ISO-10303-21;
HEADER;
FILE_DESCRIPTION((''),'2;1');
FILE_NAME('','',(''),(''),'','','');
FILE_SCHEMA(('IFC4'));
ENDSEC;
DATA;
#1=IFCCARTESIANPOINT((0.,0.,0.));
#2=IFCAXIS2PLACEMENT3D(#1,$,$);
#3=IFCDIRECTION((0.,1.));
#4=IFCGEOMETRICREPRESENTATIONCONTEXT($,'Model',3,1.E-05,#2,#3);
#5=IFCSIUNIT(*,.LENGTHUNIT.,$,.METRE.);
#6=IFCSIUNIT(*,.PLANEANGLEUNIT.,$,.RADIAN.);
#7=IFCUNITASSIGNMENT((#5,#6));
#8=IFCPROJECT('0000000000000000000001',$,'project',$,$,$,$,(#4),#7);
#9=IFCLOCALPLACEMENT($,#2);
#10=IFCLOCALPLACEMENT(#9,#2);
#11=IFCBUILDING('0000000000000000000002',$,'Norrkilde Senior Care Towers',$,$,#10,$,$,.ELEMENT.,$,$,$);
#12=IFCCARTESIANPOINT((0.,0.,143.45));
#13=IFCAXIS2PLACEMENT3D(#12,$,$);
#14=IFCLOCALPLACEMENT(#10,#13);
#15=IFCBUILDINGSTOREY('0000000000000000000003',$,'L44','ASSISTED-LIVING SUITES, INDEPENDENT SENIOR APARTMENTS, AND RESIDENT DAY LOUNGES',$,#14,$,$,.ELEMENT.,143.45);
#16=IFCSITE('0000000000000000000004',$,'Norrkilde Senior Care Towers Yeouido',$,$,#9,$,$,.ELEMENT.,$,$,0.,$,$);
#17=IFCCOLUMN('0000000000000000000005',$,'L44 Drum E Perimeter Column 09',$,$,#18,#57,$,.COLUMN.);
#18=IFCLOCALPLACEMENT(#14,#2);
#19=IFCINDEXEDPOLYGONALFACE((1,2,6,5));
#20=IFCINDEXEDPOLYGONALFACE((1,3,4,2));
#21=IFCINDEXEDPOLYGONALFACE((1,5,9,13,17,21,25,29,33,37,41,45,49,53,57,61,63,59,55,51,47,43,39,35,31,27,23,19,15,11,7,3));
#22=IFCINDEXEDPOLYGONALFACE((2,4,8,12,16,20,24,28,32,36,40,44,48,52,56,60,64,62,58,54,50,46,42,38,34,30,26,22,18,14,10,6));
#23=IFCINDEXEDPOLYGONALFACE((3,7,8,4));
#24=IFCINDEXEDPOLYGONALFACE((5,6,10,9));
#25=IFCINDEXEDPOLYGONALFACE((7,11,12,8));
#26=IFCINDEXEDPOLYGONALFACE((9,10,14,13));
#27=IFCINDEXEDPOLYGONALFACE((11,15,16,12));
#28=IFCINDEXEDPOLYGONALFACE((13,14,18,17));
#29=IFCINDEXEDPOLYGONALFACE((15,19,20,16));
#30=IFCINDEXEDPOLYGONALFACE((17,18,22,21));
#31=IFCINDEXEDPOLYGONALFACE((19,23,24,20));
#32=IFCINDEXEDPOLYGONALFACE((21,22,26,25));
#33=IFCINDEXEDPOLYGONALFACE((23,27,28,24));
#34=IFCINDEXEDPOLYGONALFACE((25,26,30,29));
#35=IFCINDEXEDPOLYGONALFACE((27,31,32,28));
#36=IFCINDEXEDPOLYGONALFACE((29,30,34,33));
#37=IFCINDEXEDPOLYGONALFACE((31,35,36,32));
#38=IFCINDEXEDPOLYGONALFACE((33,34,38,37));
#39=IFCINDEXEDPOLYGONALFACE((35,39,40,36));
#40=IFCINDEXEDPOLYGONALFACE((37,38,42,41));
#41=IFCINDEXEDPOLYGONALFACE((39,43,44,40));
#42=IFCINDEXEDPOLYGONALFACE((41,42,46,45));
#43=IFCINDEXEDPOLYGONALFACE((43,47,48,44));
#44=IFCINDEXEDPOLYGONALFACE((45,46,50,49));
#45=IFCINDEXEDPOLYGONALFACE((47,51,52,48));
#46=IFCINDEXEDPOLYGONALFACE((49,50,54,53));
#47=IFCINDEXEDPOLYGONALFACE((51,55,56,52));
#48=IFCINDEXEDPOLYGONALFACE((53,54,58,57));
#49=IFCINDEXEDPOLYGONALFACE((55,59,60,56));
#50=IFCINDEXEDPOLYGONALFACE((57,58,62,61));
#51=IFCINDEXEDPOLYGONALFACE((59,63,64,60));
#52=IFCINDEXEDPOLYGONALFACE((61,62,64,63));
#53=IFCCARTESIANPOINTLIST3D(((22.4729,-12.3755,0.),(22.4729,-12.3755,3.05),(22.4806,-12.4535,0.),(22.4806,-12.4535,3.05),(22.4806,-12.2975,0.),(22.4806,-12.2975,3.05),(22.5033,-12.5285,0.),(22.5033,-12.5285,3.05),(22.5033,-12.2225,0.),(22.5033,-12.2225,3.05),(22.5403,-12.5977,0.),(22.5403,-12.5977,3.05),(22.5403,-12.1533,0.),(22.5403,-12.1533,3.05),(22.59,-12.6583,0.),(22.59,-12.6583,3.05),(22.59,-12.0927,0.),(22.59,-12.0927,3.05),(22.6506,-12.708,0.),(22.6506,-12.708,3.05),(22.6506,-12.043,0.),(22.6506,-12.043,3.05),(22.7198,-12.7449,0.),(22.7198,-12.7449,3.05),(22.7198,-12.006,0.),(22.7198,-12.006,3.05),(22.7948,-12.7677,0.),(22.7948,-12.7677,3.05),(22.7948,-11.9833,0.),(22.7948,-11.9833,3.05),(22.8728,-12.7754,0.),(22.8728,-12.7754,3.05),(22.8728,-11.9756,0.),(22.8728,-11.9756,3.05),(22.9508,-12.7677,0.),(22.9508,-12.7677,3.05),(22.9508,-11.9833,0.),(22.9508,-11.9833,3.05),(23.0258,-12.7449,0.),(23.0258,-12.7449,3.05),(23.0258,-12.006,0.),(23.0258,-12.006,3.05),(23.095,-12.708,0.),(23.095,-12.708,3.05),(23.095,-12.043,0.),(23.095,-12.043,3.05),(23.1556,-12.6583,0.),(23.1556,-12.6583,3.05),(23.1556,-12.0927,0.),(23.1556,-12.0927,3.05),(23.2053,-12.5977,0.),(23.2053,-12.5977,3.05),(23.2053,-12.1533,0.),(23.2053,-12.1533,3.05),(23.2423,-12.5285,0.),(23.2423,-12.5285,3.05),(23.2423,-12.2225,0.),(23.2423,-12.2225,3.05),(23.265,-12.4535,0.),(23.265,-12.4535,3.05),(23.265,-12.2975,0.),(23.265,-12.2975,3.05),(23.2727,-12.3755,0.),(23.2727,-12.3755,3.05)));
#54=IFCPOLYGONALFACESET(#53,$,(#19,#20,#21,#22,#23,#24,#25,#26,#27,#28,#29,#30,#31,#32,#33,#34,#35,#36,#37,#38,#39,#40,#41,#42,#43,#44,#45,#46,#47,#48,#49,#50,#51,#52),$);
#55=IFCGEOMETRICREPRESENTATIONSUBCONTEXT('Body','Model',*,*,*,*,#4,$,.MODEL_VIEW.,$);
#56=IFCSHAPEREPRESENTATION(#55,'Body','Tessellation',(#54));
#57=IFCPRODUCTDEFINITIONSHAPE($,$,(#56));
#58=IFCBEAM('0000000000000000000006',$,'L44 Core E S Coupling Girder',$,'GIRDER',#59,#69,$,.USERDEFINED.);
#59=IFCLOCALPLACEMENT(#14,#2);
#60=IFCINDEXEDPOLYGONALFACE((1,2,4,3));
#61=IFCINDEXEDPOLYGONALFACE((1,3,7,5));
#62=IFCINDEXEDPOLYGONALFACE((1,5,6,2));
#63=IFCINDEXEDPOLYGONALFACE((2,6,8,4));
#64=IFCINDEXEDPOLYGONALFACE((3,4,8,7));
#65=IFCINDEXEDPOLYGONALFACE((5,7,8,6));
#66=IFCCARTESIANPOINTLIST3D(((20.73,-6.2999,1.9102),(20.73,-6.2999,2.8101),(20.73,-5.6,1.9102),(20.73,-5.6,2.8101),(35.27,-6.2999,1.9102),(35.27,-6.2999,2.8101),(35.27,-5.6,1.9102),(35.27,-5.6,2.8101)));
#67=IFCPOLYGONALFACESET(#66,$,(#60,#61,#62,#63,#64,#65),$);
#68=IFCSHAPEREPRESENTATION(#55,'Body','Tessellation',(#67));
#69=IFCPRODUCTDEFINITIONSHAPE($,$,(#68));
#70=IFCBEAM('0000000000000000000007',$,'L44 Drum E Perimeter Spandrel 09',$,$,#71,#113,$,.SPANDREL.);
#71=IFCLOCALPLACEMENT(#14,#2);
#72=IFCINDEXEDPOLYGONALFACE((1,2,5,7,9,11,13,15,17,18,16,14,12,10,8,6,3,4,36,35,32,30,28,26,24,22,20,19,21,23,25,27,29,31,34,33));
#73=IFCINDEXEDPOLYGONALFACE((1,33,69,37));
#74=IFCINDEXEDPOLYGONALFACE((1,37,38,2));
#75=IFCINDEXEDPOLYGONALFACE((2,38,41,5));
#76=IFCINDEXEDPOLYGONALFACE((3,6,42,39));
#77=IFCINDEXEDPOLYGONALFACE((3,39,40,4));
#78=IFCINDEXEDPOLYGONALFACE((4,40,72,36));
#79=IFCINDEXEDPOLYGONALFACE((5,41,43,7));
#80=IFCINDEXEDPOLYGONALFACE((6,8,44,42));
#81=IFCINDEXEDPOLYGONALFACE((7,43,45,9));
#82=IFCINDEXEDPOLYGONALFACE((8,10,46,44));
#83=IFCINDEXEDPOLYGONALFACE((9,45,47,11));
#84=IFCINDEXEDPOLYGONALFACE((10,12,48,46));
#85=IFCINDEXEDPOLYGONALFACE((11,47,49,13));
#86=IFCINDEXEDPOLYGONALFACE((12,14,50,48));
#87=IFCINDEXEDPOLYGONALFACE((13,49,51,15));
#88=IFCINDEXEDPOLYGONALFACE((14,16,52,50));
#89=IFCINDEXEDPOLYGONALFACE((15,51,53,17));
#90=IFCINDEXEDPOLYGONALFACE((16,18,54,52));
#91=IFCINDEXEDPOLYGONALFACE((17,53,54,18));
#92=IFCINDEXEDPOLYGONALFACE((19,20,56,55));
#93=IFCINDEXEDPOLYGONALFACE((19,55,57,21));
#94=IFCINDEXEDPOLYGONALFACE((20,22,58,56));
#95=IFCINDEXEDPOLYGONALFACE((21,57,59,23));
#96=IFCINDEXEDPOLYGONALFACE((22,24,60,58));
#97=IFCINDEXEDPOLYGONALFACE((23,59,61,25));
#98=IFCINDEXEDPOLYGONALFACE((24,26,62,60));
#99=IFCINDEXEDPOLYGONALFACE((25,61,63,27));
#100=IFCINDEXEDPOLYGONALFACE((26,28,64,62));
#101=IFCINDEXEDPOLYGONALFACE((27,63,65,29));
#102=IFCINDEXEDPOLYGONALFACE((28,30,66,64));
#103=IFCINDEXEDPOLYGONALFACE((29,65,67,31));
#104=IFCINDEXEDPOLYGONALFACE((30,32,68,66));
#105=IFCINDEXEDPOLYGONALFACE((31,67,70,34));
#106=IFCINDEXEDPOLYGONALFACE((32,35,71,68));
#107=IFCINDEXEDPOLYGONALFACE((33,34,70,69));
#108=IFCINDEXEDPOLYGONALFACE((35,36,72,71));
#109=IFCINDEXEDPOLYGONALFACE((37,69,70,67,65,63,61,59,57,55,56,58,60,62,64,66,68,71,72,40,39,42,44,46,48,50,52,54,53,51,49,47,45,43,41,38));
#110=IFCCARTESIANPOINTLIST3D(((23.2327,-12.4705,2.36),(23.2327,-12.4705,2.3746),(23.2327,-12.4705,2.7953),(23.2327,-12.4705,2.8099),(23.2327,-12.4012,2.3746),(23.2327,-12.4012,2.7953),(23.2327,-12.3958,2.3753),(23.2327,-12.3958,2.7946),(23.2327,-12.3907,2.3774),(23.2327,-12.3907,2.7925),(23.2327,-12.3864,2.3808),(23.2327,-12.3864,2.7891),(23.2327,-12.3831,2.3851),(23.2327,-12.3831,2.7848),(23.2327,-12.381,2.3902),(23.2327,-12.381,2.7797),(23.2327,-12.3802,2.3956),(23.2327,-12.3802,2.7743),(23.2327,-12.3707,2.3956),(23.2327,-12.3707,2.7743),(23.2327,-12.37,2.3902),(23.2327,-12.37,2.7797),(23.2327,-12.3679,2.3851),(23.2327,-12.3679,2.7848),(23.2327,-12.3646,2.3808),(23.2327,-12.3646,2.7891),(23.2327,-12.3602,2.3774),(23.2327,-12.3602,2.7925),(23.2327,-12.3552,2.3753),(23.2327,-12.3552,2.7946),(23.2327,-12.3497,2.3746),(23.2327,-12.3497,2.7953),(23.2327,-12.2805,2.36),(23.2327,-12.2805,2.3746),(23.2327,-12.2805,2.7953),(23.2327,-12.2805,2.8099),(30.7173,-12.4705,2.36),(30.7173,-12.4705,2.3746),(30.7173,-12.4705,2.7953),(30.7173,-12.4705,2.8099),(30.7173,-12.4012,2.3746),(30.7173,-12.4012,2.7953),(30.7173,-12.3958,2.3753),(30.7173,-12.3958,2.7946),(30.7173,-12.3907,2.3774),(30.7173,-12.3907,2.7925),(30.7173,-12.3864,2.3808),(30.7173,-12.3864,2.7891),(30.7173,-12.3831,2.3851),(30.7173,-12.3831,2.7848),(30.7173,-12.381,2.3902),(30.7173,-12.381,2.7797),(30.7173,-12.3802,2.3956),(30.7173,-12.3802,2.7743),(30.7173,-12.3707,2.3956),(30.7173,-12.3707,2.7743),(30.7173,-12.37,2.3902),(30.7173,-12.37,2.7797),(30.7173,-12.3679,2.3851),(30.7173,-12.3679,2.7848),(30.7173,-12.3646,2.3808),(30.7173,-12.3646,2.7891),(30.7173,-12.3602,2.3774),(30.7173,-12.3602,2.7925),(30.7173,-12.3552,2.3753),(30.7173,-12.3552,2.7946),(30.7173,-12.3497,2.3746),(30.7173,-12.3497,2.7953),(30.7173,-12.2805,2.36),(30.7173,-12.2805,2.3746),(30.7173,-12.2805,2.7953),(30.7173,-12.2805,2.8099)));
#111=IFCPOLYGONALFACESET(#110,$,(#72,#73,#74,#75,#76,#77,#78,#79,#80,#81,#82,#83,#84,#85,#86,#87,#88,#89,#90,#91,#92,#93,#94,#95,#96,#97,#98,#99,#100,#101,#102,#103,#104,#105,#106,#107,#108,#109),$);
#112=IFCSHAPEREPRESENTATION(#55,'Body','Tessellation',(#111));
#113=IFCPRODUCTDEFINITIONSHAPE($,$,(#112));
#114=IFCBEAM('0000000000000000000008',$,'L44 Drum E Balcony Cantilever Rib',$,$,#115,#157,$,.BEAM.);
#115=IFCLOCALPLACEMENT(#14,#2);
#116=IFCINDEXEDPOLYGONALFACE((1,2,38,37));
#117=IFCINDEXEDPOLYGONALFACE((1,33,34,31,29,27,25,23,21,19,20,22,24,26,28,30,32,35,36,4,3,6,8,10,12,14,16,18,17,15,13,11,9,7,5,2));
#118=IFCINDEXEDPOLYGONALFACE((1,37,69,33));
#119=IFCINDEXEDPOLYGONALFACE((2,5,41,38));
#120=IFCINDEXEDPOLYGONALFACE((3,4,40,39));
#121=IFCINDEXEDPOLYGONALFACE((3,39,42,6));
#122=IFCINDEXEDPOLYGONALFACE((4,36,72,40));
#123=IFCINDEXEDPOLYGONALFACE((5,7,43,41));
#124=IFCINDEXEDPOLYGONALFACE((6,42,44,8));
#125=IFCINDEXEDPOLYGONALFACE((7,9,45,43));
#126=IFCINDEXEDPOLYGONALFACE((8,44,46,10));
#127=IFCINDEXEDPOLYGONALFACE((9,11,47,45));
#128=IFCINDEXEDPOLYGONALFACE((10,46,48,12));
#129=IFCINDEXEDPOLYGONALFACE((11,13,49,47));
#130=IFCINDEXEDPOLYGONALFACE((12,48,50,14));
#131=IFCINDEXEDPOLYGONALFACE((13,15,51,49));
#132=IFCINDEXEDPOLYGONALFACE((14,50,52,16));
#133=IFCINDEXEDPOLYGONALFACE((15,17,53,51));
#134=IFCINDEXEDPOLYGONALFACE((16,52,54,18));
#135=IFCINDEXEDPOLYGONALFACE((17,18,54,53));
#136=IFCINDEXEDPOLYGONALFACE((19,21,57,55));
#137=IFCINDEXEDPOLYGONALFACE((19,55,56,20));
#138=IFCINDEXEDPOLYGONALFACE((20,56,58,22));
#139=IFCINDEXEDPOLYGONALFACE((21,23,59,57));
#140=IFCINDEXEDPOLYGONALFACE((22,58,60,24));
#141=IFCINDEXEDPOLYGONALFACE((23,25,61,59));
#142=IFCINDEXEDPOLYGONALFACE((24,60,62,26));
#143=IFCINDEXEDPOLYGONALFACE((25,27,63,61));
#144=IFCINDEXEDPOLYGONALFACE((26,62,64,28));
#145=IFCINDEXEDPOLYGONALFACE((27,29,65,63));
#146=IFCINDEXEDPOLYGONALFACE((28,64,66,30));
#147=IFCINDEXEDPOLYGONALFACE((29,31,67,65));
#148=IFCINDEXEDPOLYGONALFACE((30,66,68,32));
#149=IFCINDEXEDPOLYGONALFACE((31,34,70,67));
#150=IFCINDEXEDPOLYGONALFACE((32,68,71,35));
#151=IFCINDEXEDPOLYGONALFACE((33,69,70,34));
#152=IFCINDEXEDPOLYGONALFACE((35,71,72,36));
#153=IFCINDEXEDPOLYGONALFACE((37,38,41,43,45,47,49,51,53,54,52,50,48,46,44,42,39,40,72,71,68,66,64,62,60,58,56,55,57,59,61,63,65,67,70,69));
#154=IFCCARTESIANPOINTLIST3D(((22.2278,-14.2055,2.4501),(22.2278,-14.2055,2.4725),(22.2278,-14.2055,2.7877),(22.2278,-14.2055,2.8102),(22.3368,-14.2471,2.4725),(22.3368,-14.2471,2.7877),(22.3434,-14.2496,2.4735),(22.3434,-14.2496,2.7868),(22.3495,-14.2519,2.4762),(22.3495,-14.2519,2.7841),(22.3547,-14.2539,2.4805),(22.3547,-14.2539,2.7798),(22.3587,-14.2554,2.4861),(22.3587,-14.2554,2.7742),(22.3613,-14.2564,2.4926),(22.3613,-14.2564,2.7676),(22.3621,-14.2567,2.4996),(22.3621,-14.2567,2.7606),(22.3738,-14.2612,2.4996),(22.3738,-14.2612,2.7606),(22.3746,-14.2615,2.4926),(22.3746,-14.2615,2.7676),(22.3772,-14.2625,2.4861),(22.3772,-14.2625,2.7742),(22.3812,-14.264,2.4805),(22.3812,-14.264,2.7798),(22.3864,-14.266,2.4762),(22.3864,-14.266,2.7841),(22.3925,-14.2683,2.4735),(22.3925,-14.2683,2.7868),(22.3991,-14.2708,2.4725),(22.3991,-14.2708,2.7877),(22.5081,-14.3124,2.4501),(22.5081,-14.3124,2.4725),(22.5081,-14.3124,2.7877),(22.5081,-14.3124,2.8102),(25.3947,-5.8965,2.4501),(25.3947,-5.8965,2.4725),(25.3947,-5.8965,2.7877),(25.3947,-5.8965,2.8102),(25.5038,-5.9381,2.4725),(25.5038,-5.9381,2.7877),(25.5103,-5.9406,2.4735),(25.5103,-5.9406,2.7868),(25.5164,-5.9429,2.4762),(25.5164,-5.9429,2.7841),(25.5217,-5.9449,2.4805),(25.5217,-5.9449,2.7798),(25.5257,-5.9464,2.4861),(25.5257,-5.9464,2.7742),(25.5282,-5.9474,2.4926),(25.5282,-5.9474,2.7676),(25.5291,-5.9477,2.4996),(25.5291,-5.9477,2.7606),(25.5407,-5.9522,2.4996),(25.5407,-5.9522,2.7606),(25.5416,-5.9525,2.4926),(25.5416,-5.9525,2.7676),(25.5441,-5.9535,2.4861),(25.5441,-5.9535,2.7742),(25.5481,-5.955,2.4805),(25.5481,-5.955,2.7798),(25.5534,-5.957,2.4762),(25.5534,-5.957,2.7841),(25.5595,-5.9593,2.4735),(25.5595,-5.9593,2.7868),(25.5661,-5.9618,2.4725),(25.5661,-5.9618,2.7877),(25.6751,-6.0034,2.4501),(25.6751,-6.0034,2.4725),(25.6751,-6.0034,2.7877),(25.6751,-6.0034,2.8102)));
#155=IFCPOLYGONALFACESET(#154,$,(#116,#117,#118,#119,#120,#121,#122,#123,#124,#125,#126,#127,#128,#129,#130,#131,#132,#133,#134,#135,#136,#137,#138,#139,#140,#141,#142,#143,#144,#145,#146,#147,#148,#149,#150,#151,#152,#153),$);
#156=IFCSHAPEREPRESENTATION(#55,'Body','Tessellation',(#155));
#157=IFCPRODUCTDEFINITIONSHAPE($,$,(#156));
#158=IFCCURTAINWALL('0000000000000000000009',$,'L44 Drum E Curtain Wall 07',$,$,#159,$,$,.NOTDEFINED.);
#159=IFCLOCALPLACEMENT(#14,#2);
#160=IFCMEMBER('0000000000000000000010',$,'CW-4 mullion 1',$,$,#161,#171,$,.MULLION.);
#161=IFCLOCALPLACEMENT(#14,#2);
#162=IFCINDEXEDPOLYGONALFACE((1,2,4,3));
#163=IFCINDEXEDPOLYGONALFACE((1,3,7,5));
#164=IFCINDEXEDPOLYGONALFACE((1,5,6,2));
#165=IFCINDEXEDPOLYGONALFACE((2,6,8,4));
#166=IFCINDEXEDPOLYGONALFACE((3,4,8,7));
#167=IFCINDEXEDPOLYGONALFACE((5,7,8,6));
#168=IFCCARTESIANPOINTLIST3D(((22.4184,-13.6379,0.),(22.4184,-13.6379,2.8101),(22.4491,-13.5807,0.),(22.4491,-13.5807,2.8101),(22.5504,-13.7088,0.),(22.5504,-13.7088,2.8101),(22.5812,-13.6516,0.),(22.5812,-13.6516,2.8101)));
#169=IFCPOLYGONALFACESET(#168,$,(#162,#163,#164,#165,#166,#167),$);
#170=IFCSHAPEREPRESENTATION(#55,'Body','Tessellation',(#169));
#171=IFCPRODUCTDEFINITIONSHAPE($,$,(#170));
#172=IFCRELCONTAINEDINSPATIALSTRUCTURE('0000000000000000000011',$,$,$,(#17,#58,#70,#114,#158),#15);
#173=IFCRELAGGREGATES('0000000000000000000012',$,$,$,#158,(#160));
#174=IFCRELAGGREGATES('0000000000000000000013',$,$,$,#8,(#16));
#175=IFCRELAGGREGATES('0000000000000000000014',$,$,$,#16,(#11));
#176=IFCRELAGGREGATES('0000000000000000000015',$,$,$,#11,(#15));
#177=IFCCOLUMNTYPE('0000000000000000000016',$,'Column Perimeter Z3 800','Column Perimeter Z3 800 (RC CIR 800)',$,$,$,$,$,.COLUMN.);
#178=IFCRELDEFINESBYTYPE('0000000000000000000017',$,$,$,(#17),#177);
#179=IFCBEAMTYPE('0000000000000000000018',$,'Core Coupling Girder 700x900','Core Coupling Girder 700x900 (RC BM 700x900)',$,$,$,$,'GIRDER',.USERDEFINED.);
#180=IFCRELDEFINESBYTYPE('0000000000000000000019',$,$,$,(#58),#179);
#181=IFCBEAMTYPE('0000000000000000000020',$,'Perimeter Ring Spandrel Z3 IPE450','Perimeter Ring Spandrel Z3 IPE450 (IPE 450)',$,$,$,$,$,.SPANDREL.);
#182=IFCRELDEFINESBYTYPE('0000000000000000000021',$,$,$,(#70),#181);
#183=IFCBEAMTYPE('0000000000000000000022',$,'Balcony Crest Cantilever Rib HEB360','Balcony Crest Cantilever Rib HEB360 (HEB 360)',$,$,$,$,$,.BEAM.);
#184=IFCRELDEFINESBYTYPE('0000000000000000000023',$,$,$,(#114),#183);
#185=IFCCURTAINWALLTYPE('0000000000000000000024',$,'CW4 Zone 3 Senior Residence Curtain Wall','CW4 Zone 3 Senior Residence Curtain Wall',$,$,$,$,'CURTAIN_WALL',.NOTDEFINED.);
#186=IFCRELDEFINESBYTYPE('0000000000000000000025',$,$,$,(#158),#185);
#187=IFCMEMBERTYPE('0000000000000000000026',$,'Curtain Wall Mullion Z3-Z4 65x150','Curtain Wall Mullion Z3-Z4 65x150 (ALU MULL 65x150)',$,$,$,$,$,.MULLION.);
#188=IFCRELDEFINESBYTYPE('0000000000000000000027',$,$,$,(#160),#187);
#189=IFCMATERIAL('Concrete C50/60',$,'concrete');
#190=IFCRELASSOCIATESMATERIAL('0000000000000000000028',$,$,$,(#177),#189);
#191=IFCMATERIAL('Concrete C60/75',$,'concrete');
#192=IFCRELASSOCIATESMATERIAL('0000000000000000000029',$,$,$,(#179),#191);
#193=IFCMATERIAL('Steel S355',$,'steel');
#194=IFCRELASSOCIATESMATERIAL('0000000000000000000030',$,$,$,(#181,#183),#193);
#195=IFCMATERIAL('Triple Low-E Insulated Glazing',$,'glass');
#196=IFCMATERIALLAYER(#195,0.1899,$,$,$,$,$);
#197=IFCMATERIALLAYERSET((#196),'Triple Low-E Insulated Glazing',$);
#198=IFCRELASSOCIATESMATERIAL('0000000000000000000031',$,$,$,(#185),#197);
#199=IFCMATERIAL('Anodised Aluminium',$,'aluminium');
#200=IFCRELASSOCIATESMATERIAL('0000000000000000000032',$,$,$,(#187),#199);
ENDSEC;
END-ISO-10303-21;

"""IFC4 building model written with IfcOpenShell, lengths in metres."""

from ifc_helpers import new_model, si_unit, direction, frame, origin, origin_2d, place, context, subcontext, project, spatial, rectangle, circle, i_section, extrude, source, transform, mapped, material, layer, layer_set, material_profile, profile_set, type_object, type_shapes, element, aggregate, save


model = new_model("IFC4")

# Units and contexts
model_context = context("Model", 3, precision=1e-05, world=origin(), true_north=direction((0.0, 1.0)))
body_context = subcontext(model_context, "Body", "Model", "MODEL_VIEW")
ifc_project = project(units=[si_unit("LENGTHUNIT", "METRE"), si_unit("PLANEANGLEUNIT", "RADIAN")], contexts=[model_context])

# Site, building, storey
site_placement = place(None, origin())
site = spatial("IfcSite", under=ifc_project, at=site_placement, Name="Norrkilde Senior Care Towers Yeouido", CompositionType="ELEMENT", RefElevation=0.0)
building_placement = place(site_placement, origin())
building = spatial("IfcBuilding", under=site, at=building_placement, Name="Norrkilde Senior Care Towers", CompositionType="ELEMENT")
storey_placement = place(building_placement, frame((0.0, 0.0, 143.45)))
storey = spatial("IfcBuildingStorey", under=building, at=storey_placement, Name="L44", Description="ASSISTED-LIVING SUITES, INDEPENDENT SENIOR APARTMENTS, AND RESIDENT DAY LOUNGES", CompositionType="ELEMENT", Elevation=143.45)

# Column
ifc_material_1 = material(Name="Concrete C50/60", Category="concrete")
ifc_material_profile_1 = material_profile(ifc_material_1, circle(Radius=0.3999, at=origin_2d()), Name="RC CIR 800")
ifc_profile_set_1 = profile_set([ifc_material_profile_1], Name="Concrete C50/60")
column_type = type_object("IfcColumnType", Name="Column Perimeter Z3 800", Description="Column Perimeter Z3 800 (RC CIR 800)", PredefinedType="COLUMN", material=ifc_profile_set_1)
shared_shape_1 = source(origin(), body_context, "Body", "SweptSolid", [
    extrude(circle(Radius=0.3999, at=origin_2d()), origin(), (0.0, 0.0, 1.0), 3.05),
])
type_shapes(column_type, [shared_shape_1])
column_placement = place(storey_placement, frame((22.8728, -12.3755, 0.0), z_axis=(0.0, 0.0, 1.0), x_axis=(1.0, 0.0, 0.0)))
element("IfcColumn", 1, at=column_placement, inside=storey, type_object=column_type, Name="L44 Drum E Perimeter Column 09", PredefinedType="COLUMN", context=body_context, shape_type="MappedRepresentation", body=[
    mapped(shared_shape_1, transform((0.0, 0.0, 0.0), x_axis=(1.0, 0.0, 0.0), y_axis=(0.0, 1.0, 0.0), z_axis=(0.0, 0.0, 1.0), scale=1.0)),
])

# Beams
ifc_material_2 = material(Name="Concrete C60/75", Category="concrete")
ifc_material_profile_2 = material_profile(ifc_material_2, rectangle(XDim=0.7, YDim=0.8999, at=origin_2d()), Name="RC BM 700x900")
ifc_profile_set_2 = profile_set([ifc_material_profile_2], Name="Concrete C60/75")
beam_type_1 = type_object("IfcBeamType", Name="Core Coupling Girder 700x900", Description="Core Coupling Girder 700x900 (RC BM 700x900)", ElementType="GIRDER", PredefinedType="USERDEFINED", material=ifc_profile_set_2)
shared_shape_2 = source(origin(), body_context, "Body", "SweptSolid", [
    extrude(rectangle(XDim=0.7, YDim=0.8999, at=origin_2d()), origin(), (0.0, 0.0, 1.0), 14.54),
])
type_shapes(beam_type_1, [shared_shape_2])
beam_1_placement = place(storey_placement, frame((20.73, -5.95, 2.3601), z_axis=(1.0, 0.0, 0.0), x_axis=(0.0, 1.0, 0.0)))
element("IfcBeam", 2, at=beam_1_placement, inside=storey, type_object=beam_type_1, Name="L44 Core E S Coupling Girder", ObjectType="GIRDER", PredefinedType="USERDEFINED", context=body_context, shape_type="MappedRepresentation", body=[
    mapped(shared_shape_2, transform((0.0, 0.0, 0.0), x_axis=(1.0, 0.0, 0.0), y_axis=(0.0, 1.0, 0.0), z_axis=(0.0, 0.0, 1.0), scale=1.0)),
])
ifc_material_3 = material(Name="Steel S355", Category="steel")
ifc_material_profile_3 = material_profile(ifc_material_3, i_section(OverallWidth=0.1899, OverallDepth=0.45, WebThickness=0.0095, FlangeThickness=0.0146, FilletRadius=0.021, at=origin_2d()), Name="IPE 450")
ifc_profile_set_3 = profile_set([ifc_material_profile_3], Name="Steel S355")
beam_type_2 = type_object("IfcBeamType", Name="Perimeter Ring Spandrel Z3 IPE450", Description="Perimeter Ring Spandrel Z3 IPE450 (IPE 450)", PredefinedType="SPANDREL", material=ifc_profile_set_3)
shared_shape_3 = source(origin(), body_context, "Body", "SweptSolid", [
    extrude(i_section(OverallWidth=0.1899, OverallDepth=0.45, WebThickness=0.0095, FlangeThickness=0.0146, FilletRadius=0.021, at=origin_2d()), origin(), (0.0, 0.0, 1.0), 7.4846),
])
type_shapes(beam_type_2, [shared_shape_3])
beam_2_placement = place(storey_placement, frame((23.2327, -12.3755, 2.585), z_axis=(1.0, 0.0, 0.0), x_axis=(0.0, 1.0, 0.0)))
element("IfcBeam", 3, at=beam_2_placement, inside=storey, type_object=beam_type_2, Name="L44 Drum E Perimeter Spandrel 09", PredefinedType="SPANDREL", context=body_context, shape_type="MappedRepresentation", body=[
    mapped(shared_shape_3, transform((0.0, 0.0, 0.0), x_axis=(1.0, 0.0, 0.0), y_axis=(0.0, 1.0, 0.0), z_axis=(0.0, 0.0, 1.0), scale=1.0)),
])
ifc_material_profile_4 = material_profile(ifc_material_3, i_section(OverallWidth=0.3, OverallDepth=0.3601, WebThickness=0.0125, FlangeThickness=0.0225, FilletRadius=0.0271, at=origin_2d()), Name="HEB 360")
ifc_profile_set_4 = profile_set([ifc_material_profile_4], Name="Steel S355")
beam_type_3 = type_object("IfcBeamType", Name="Balcony Crest Cantilever Rib HEB360", Description="Balcony Crest Cantilever Rib HEB360 (HEB 360)", PredefinedType="BEAM", material=ifc_profile_set_4)
shared_shape_4 = source(origin(), body_context, "Body", "SweptSolid", [
    extrude(i_section(OverallWidth=0.3, OverallDepth=0.3601, WebThickness=0.0125, FlangeThickness=0.0225, FilletRadius=0.0271, at=origin_2d()), origin(), (0.0, 0.0, 1.0), 8.8921),
])
type_shapes(beam_type_3, [shared_shape_4])
beam_3_placement = place(storey_placement, frame((25.5349, -5.95, 2.6301), z_axis=(-0.356155, -0.934427, 0.0), x_axis=(0.934427, -0.356155, 0.0)))
element("IfcBeam", 4, at=beam_3_placement, inside=storey, type_object=beam_type_3, Name="L44 Drum E Balcony Cantilever Rib", PredefinedType="BEAM", context=body_context, shape_type="MappedRepresentation", body=[
    mapped(shared_shape_4, transform((0.0, 0.0, 0.0), x_axis=(1.0, 0.0, 0.0), y_axis=(0.0, 1.0, 0.0), z_axis=(0.0, 0.0, 1.0), scale=1.0)),
])

# Curtain wall, member
ifc_material_4 = material(Name="Triple Low-E Insulated Glazing", Category="glass")
ifc_layer_1 = layer(ifc_material_4, 0.1899)
ifc_layer_set_1 = layer_set([ifc_layer_1], Name="Triple Low-E Insulated Glazing")
curtain_wall_type = type_object("IfcCurtainWallType", Name="CW4 Zone 3 Senior Residence Curtain Wall", Description="CW4 Zone 3 Senior Residence Curtain Wall", ElementType="CURTAIN_WALL", PredefinedType="NOTDEFINED", material=ifc_layer_set_1)
curtain_wall_1_placement = place(storey_placement, origin())
curtain_wall_1 = element("IfcCurtainWall", 5, at=curtain_wall_1_placement, inside=storey, type_object=curtain_wall_type, Name="L44 Drum E Curtain Wall 07", PredefinedType="NOTDEFINED")
ifc_material_5 = material(Name="Anodised Aluminium", Category="aluminium")
ifc_material_profile_5 = material_profile(ifc_material_5, rectangle(XDim=0.0649, YDim=0.1499, at=origin_2d()), Name="ALU MULL 65x150")
ifc_profile_set_5 = profile_set([ifc_material_profile_5], Name="Anodised Aluminium")
member_type_1 = type_object("IfcMemberType", Name="Curtain Wall Mullion Z3-Z4 65x150", Description="Curtain Wall Mullion Z3-Z4 65x150 (ALU MULL 65x150)", PredefinedType="MULLION", material=ifc_profile_set_5)
shared_shape_5 = source(origin(), body_context, "Body", "SweptSolid", [
    extrude(rectangle(XDim=0.0649, YDim=0.1499, at=origin_2d()), origin(), (0.0, 0.0, 1.0), 2.8101),
])
type_shapes(member_type_1, [shared_shape_5])
member_1_placement = place(storey_placement, frame((22.4998, -13.6448, 0.0), z_axis=(0.0, 0.0, 1.0), x_axis=(-0.473117, -0.881, 0.0)))
member_1 = element("IfcMember", 6, at=member_1_placement, type_object=member_type_1, Name="CW-4 mullion 1", PredefinedType="MULLION", context=body_context, shape_type="MappedRepresentation", body=[
    mapped(shared_shape_5, transform((0.0, 0.0, 0.0), x_axis=(1.0, 0.0, 0.0), y_axis=(0.0, 1.0, 0.0), z_axis=(0.0, 0.0, 1.0), scale=1.0)),
])

aggregate(curtain_wall_1, [member_1])

save(model, "model.ifc")
